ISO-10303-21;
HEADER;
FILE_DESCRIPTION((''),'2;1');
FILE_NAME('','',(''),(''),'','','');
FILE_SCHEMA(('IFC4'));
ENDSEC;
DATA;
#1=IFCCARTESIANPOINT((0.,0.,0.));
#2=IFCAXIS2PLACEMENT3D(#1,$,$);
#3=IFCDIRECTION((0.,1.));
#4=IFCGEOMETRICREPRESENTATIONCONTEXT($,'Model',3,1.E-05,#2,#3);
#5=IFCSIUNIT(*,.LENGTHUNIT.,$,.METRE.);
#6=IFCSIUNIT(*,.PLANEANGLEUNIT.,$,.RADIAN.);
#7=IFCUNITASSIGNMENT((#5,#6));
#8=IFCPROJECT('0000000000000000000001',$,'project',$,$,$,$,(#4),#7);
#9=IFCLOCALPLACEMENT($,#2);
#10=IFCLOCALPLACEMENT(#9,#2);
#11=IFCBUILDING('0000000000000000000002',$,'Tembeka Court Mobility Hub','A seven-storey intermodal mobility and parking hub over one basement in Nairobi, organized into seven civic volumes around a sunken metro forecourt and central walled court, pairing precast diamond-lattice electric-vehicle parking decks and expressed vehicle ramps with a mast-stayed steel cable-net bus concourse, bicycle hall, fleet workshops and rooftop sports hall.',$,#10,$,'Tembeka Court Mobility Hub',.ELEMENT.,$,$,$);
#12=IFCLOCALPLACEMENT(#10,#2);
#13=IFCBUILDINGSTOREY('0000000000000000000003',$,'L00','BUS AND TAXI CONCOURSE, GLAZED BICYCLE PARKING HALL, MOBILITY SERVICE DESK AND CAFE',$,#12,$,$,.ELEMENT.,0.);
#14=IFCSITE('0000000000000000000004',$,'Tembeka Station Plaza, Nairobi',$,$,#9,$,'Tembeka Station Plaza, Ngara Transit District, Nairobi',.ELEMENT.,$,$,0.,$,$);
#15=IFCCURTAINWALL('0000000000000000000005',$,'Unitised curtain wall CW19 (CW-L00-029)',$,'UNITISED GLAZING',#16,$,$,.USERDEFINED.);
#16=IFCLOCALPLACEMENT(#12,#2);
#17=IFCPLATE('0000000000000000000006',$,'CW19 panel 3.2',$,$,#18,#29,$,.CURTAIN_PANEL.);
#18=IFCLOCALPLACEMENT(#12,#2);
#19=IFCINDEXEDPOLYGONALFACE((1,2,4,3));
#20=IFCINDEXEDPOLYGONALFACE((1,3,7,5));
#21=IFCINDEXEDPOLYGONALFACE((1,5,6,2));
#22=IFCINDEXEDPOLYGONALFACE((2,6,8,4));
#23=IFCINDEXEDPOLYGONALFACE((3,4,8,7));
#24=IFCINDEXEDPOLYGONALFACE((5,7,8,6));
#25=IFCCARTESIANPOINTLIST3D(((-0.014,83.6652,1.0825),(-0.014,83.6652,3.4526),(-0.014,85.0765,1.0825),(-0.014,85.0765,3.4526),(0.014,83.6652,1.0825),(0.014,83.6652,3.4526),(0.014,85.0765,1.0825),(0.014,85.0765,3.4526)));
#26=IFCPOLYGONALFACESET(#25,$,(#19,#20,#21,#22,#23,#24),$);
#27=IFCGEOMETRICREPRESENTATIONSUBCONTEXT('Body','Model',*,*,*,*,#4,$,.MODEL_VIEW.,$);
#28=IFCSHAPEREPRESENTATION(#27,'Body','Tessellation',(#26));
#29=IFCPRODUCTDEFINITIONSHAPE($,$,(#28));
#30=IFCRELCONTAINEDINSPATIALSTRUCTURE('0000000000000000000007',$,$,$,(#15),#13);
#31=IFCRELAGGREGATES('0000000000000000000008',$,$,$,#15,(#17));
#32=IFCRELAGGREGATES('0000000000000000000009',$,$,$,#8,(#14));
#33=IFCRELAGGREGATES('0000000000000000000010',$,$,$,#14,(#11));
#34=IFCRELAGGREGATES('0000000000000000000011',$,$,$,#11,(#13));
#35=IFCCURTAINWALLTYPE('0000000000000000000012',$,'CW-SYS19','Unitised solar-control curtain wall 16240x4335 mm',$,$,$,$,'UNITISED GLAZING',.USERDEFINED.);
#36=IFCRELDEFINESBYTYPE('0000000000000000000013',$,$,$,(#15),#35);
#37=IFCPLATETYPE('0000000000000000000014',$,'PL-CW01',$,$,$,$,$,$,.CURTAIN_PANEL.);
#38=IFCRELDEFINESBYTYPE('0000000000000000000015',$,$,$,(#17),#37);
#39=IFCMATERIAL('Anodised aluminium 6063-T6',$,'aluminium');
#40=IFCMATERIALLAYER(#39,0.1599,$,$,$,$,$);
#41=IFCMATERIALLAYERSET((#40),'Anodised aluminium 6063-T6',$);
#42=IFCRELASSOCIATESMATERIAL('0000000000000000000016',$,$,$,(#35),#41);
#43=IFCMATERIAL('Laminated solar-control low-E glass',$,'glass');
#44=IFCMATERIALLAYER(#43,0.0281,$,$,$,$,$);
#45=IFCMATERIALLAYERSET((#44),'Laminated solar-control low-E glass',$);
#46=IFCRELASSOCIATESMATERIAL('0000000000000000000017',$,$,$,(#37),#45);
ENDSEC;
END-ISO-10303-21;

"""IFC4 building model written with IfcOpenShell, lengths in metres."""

from ifc_helpers import new_model, si_unit, direction, frame, origin, origin_2d, place, context, subcontext, project, spatial, rectangle, extrude, material, layer, layer_set, type_object, element, aggregate, save


model = new_model("IFC4")

# Units and contexts
model_context = context("Model", 3, precision=1e-05, world=origin(), true_north=direction((0.0, 1.0)))
body_context = subcontext(model_context, "Body", "Model", "MODEL_VIEW")
ifc_project = project(units=[si_unit("LENGTHUNIT", "METRE"), si_unit("PLANEANGLEUNIT", "RADIAN")], contexts=[model_context])

# Site, building, storey
site_placement = place(None, origin())
site = spatial("IfcSite", under=ifc_project, at=site_placement, Name="Tembeka Station Plaza, Nairobi", LongName="Tembeka Station Plaza, Ngara Transit District, Nairobi", CompositionType="ELEMENT", RefElevation=0.0)
building_placement = place(site_placement, origin())
building = spatial("IfcBuilding", under=site, at=building_placement, Name="Tembeka Court Mobility Hub", Description="A seven-storey intermodal mobility and parking hub over one basement in Nairobi, organized into seven civic volumes around a sunken metro forecourt and central walled court, pairing precast diamond-lattice electric-vehicle parking decks and expressed vehicle ramps with a mast-stayed steel cable-net bus concourse, bicycle hall, fleet workshops and rooftop sports hall.", LongName="Tembeka Court Mobility Hub", CompositionType="ELEMENT")
storey_placement = place(building_placement, origin())
storey = spatial("IfcBuildingStorey", under=building, at=storey_placement, Name="L00", Description="BUS AND TAXI CONCOURSE, GLAZED BICYCLE PARKING HALL, MOBILITY SERVICE DESK AND CAFE", CompositionType="ELEMENT", Elevation=0.0)

# Curtain wall, plate
ifc_material_1 = material(Name="Anodised aluminium 6063-T6", Category="aluminium")
ifc_layer_1 = layer(ifc_material_1, 0.1599)
ifc_layer_set_1 = layer_set([ifc_layer_1], Name="Anodised aluminium 6063-T6")
curtain_wall_type = type_object("IfcCurtainWallType", Name="CW-SYS19", Description="Unitised solar-control curtain wall 16240x4335 mm", ElementType="UNITISED GLAZING", PredefinedType="USERDEFINED", material=ifc_layer_set_1)
curtain_wall_placement = place(storey_placement, origin())
curtain_wall = element("IfcCurtainWall", 1, at=curtain_wall_placement, inside=storey, type_object=curtain_wall_type, Name="Unitised curtain wall CW19 (CW-L00-029)", ObjectType="UNITISED GLAZING", PredefinedType="USERDEFINED")
ifc_material_2 = material(Name="Laminated solar-control low-E glass", Category="glass")
ifc_layer_2 = layer(ifc_material_2, 0.0281)
ifc_layer_set_2 = layer_set([ifc_layer_2], Name="Laminated solar-control low-E glass")
plate_type = type_object("IfcPlateType", Name="PL-CW01", PredefinedType="CURTAIN_PANEL", material=ifc_layer_set_2)
plate_1_placement = place(storey_placement, frame((0.0, 84.3708, 1.0825), z_axis=(0.0, 0.0, 1.0), x_axis=(0.0, 1.0, 0.0)))
plate_1 = element("IfcPlate", 2, at=plate_1_placement, type_object=plate_type, Name="CW19 panel 3.2", PredefinedType="CURTAIN_PANEL", context=body_context, shape_type="SweptSolid", body=[
    extrude(rectangle(XDim=1.4114, YDim=0.0281, at=origin_2d()), origin(), (0.0, 0.0, 1.0), 2.3701),
])
aggregate(curtain_wall, [plate_1])

save(model, "model.ifc")
